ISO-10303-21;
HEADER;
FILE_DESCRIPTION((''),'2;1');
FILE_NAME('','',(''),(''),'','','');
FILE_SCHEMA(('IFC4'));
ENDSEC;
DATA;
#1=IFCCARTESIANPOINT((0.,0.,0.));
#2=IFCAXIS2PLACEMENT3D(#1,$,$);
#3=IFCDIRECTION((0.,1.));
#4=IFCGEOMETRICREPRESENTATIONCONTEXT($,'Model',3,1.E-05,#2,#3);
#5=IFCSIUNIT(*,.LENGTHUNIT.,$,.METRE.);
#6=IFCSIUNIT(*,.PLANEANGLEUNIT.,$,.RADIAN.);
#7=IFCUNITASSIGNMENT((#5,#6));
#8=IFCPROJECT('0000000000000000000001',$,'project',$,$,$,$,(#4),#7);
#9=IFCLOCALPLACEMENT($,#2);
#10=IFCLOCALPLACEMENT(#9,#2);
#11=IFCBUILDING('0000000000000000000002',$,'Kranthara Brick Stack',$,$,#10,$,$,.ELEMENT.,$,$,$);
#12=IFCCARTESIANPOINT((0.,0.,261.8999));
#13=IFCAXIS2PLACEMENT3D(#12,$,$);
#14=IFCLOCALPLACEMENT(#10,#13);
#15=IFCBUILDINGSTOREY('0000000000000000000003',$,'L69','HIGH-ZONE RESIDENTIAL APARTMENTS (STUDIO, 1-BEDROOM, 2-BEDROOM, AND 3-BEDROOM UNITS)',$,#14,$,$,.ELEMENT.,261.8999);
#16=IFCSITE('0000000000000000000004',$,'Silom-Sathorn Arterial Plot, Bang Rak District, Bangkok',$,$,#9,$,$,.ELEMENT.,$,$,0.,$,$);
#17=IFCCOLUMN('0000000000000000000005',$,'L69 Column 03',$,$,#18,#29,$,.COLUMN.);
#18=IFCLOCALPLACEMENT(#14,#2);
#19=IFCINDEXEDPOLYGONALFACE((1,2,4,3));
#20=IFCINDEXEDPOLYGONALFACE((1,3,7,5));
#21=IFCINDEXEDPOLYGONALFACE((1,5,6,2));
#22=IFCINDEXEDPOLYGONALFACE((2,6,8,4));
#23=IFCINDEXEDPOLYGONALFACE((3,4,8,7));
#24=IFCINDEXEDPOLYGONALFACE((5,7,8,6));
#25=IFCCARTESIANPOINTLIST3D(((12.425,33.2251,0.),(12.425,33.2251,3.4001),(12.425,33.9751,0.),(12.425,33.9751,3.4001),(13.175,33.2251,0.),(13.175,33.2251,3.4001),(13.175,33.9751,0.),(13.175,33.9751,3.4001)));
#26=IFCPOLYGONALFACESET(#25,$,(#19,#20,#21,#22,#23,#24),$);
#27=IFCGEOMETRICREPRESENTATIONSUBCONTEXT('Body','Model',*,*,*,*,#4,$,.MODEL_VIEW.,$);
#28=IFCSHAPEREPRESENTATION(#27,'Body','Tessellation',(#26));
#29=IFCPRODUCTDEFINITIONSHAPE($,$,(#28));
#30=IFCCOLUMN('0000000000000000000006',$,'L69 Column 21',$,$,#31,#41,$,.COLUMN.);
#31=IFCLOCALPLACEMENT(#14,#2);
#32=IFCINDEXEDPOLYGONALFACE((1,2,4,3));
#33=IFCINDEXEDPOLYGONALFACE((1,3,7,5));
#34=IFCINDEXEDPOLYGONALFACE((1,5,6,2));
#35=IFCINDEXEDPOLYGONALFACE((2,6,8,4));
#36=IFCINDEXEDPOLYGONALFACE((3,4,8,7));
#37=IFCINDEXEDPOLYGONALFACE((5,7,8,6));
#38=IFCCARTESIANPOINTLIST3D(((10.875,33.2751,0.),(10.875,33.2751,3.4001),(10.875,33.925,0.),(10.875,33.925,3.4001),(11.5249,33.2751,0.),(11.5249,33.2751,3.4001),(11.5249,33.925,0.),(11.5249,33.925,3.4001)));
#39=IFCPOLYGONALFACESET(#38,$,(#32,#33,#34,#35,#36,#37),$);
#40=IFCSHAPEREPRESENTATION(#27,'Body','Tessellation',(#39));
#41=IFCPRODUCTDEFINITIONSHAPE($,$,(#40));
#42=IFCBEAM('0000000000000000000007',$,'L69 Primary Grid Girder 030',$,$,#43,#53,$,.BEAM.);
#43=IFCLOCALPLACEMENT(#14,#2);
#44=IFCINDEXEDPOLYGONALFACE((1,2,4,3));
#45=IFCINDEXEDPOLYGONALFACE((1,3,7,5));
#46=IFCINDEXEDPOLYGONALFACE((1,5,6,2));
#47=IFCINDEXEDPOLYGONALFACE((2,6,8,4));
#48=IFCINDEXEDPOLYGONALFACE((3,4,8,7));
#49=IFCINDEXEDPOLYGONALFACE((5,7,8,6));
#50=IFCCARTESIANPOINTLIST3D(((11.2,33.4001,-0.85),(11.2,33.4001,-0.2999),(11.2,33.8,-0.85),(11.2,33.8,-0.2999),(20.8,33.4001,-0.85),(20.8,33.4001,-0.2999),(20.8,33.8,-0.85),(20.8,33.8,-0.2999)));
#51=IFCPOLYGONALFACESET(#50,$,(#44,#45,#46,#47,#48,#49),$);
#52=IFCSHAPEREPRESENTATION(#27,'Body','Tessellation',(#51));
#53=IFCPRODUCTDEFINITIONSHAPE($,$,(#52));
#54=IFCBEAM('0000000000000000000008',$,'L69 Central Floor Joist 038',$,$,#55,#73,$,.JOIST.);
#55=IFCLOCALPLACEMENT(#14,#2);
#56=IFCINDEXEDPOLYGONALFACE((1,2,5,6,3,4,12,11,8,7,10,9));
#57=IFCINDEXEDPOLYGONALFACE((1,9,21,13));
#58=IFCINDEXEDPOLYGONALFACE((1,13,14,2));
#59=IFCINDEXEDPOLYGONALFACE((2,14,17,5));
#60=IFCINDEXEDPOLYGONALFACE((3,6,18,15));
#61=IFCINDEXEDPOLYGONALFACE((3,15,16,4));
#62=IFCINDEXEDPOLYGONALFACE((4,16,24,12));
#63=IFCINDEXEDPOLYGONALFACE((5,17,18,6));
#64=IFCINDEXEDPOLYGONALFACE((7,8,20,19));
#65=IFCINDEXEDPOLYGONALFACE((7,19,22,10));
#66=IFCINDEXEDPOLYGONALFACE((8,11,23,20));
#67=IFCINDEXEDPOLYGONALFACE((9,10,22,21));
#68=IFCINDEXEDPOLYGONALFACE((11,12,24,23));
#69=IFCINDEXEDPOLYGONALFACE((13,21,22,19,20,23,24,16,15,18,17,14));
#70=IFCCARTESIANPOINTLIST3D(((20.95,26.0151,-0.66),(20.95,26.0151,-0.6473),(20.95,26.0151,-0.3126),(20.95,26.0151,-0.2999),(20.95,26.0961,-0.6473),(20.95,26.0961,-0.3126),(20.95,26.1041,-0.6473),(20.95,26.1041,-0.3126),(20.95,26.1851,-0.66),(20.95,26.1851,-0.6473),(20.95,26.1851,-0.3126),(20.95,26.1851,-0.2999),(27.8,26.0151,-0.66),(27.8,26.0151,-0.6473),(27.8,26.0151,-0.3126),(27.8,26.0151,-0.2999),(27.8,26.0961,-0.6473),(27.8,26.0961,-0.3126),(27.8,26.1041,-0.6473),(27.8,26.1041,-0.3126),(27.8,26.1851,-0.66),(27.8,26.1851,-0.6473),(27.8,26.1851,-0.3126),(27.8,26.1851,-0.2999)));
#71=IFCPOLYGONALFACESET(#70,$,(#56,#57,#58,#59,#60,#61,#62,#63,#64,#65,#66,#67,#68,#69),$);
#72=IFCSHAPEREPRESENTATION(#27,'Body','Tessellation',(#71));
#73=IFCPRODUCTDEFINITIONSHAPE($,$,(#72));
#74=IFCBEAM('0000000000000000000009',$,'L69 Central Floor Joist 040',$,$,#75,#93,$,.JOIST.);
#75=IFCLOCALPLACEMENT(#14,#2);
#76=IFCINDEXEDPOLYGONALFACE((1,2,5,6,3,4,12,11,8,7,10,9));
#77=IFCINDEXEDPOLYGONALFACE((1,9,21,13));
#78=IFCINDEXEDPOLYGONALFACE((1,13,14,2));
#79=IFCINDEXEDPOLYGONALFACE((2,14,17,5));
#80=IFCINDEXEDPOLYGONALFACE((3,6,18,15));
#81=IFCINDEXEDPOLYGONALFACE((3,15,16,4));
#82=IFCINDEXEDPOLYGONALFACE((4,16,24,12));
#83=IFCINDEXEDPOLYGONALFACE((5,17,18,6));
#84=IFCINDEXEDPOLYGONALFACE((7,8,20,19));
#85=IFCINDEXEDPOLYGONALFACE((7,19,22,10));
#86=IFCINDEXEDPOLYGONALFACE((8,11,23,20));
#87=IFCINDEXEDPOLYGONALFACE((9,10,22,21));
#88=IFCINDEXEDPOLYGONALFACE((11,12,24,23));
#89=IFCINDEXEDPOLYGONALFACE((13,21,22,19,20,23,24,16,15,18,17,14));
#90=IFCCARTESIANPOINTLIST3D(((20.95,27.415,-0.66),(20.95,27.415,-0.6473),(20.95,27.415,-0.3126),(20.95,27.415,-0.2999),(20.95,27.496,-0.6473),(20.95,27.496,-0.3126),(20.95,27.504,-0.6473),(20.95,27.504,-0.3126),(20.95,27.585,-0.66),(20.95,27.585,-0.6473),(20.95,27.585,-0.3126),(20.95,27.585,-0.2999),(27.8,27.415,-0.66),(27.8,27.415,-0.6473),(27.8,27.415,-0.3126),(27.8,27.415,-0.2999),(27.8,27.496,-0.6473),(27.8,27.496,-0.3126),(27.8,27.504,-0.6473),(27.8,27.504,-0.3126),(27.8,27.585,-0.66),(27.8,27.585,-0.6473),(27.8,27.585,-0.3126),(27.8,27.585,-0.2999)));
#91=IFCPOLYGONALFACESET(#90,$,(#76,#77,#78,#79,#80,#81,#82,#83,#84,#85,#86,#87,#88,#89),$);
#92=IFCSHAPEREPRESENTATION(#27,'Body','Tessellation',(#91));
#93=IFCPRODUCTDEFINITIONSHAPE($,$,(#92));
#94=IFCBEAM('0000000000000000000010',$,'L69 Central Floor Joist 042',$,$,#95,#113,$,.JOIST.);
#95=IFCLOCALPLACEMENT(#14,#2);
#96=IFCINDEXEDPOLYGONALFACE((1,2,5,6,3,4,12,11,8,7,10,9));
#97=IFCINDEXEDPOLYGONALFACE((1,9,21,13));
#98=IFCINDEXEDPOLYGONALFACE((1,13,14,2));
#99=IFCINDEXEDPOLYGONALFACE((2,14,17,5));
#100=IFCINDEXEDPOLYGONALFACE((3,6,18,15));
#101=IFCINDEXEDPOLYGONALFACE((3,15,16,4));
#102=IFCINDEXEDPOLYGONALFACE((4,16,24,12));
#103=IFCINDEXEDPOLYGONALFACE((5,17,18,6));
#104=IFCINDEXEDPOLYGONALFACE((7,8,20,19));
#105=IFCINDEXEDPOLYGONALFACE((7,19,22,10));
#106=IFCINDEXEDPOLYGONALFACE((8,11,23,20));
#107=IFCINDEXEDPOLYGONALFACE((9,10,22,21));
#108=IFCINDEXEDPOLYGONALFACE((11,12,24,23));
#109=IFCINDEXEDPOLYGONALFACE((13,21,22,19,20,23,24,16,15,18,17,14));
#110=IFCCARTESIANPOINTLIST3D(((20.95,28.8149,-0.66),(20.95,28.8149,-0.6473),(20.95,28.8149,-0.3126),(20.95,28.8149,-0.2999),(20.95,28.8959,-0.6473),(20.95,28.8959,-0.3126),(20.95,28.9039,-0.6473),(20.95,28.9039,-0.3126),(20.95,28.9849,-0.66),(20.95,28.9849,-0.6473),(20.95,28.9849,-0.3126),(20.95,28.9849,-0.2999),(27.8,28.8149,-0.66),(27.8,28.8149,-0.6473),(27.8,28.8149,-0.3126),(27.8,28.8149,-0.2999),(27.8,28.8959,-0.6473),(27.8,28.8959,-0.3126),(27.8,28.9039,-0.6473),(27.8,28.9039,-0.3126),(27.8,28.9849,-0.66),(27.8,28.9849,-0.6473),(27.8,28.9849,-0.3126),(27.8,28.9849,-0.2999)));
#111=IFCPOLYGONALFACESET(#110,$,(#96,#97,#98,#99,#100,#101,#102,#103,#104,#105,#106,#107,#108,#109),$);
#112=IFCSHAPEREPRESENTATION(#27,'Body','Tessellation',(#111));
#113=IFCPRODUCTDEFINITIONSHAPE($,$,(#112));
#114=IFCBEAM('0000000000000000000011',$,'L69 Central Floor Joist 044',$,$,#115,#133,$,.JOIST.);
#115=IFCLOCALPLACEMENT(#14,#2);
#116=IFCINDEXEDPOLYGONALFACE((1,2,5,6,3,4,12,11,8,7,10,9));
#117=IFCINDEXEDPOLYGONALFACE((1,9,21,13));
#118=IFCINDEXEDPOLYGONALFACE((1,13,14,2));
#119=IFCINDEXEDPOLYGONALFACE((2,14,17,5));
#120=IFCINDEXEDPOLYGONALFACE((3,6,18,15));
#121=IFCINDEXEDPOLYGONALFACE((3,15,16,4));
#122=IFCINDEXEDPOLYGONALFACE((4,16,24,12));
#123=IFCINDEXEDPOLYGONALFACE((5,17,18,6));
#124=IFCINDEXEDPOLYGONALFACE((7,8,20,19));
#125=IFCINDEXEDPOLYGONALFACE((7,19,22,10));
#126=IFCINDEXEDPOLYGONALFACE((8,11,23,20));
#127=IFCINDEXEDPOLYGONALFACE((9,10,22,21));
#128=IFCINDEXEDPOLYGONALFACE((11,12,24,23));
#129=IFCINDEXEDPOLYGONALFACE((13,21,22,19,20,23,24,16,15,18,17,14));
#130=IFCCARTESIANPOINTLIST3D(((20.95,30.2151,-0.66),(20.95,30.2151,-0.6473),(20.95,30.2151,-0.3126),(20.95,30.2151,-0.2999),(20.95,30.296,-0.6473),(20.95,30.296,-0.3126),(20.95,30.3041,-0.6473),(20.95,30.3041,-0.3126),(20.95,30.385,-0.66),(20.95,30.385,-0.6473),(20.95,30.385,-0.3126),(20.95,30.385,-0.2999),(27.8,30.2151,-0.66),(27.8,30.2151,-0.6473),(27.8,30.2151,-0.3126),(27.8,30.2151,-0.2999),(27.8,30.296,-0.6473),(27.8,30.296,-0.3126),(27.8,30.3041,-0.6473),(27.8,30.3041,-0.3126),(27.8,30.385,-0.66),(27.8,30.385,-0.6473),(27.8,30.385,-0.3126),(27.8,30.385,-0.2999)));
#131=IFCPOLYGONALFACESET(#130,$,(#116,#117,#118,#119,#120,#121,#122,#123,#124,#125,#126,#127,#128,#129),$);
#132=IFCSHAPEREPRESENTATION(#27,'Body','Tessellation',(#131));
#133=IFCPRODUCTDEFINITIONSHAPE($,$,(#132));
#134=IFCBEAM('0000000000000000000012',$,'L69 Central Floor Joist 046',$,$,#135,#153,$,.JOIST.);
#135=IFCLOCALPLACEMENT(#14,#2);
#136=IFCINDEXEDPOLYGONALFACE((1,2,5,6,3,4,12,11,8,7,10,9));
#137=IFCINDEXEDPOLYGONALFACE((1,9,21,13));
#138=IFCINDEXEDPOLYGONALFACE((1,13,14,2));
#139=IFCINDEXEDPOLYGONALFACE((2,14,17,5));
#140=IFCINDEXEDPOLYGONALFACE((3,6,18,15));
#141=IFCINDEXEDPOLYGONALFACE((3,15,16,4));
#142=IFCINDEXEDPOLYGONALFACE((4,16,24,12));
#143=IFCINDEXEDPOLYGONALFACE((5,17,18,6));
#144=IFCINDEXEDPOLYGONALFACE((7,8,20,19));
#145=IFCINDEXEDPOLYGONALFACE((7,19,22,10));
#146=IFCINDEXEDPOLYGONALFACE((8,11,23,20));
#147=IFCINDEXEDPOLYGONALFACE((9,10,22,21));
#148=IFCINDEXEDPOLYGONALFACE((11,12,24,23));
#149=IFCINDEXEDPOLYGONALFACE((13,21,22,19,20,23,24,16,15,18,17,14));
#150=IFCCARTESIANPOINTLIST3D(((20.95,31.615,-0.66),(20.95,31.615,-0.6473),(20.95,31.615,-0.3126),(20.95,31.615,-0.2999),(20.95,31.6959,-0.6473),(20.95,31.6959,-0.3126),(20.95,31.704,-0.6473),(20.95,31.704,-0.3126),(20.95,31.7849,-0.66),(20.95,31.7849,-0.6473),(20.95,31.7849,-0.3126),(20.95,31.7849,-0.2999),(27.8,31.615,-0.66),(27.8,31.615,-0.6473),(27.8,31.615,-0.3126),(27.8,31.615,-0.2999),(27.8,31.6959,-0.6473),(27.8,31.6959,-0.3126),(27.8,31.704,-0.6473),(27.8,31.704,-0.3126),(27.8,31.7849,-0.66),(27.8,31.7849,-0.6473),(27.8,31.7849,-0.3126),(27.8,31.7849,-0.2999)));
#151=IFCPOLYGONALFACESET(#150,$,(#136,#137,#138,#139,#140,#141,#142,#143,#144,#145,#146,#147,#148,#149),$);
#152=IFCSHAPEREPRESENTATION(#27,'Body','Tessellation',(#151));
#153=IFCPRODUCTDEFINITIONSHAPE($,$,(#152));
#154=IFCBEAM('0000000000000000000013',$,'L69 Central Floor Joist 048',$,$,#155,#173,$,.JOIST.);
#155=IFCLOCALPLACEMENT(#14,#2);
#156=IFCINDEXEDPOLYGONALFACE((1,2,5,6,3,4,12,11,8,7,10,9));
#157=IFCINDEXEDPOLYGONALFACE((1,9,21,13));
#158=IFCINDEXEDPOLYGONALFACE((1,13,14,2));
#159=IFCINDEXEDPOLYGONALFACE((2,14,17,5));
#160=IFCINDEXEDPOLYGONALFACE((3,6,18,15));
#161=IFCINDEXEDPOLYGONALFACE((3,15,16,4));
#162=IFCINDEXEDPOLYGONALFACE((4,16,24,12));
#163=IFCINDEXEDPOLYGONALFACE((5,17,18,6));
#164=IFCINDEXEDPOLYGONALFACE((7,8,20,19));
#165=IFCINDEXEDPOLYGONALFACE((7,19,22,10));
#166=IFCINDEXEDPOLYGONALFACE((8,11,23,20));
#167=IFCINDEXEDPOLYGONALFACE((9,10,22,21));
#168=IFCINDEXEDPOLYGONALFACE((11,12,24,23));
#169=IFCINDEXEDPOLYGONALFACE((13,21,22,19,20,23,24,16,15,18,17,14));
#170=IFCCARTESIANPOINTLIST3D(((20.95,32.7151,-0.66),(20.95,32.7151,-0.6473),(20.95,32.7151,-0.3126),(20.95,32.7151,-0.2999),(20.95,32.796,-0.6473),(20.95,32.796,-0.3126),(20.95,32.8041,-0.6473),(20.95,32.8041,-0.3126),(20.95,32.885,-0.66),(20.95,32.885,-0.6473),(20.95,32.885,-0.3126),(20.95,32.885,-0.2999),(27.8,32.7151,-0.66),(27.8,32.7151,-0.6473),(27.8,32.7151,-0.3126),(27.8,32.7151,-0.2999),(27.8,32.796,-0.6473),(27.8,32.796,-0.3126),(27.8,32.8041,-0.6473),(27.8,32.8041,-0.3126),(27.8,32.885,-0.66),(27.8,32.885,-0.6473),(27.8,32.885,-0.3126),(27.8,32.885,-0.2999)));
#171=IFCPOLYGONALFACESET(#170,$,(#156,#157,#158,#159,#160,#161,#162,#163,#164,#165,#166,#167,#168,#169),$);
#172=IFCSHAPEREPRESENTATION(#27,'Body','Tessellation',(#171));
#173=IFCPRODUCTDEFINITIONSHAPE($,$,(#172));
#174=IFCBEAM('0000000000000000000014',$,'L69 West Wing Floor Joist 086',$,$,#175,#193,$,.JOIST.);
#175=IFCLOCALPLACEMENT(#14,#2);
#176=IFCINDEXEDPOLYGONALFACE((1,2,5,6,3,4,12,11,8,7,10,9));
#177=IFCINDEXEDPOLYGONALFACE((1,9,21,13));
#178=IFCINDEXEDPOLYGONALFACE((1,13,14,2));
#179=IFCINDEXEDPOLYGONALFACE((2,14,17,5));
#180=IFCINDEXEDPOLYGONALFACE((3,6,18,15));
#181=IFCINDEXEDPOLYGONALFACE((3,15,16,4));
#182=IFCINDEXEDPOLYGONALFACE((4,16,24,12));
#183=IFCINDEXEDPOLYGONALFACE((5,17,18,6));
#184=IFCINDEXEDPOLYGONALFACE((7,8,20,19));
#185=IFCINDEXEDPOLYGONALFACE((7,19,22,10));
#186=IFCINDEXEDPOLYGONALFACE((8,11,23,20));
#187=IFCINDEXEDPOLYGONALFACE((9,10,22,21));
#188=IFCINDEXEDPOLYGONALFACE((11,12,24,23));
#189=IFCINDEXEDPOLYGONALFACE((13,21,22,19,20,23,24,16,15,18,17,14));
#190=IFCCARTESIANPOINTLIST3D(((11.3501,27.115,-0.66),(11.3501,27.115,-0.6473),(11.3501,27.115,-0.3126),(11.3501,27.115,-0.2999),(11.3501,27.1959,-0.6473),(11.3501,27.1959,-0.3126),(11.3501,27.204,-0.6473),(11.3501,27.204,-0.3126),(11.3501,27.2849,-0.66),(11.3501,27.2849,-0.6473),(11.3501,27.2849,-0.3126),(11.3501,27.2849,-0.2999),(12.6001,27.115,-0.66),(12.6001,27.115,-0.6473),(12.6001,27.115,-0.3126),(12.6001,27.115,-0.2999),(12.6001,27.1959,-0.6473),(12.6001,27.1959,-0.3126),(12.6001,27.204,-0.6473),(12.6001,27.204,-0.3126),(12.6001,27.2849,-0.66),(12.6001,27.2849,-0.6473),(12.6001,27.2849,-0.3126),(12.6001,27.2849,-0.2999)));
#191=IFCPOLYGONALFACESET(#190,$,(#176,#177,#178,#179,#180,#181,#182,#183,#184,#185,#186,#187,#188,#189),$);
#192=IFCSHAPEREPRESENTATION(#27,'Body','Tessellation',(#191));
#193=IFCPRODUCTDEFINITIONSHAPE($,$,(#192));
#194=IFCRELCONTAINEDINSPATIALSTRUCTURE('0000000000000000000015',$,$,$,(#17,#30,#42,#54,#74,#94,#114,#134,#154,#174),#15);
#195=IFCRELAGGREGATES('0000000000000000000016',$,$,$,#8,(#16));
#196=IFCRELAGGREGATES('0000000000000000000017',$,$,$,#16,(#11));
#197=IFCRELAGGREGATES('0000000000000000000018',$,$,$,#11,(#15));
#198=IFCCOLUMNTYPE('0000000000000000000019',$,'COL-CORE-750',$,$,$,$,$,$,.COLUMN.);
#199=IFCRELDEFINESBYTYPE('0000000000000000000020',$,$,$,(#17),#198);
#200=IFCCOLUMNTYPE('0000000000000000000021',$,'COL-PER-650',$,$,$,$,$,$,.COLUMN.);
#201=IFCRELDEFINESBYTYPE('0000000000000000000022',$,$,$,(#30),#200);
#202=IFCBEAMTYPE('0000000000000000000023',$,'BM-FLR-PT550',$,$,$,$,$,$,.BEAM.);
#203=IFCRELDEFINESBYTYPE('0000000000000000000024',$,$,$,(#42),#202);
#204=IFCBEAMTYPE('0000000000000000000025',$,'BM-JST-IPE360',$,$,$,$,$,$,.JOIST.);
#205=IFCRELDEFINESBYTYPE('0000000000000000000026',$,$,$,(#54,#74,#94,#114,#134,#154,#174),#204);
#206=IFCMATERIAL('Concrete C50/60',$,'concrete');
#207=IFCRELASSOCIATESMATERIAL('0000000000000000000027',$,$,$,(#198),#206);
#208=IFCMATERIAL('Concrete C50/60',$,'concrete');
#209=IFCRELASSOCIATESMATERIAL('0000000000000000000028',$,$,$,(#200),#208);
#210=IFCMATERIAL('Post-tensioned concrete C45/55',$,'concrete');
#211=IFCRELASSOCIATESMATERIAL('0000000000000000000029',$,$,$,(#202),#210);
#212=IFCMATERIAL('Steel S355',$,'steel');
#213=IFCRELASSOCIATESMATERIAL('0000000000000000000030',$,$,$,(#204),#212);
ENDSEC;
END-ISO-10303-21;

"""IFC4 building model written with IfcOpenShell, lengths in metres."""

from ifc_helpers import new_model, si_unit, direction, frame, origin, origin_2d, place, context, subcontext, project, spatial, rectangle, i_section, extrude, material, material_profile, profile_set, type_object, element, save


model = new_model("IFC4")

# Units and contexts
model_context = context("Model", 3, precision=1e-05, world=origin(), true_north=direction((0.0, 1.0)))
body_context = subcontext(model_context, "Body", "Model", "MODEL_VIEW")
ifc_project = project(units=[si_unit("LENGTHUNIT", "METRE"), si_unit("PLANEANGLEUNIT", "RADIAN")], contexts=[model_context])

# Site, building, storey
site_placement = place(None, origin())
site = spatial("IfcSite", under=ifc_project, at=site_placement, Name="Silom-Sathorn Arterial Plot, Bang Rak District, Bangkok", CompositionType="ELEMENT", RefElevation=0.0)
building_placement = place(site_placement, origin())
building = spatial("IfcBuilding", under=site, at=building_placement, Name="Kranthara Brick Stack", CompositionType="ELEMENT")
storey_placement = place(building_placement, frame((0.0, 0.0, 261.8999)))
storey = spatial("IfcBuildingStorey", under=building, at=storey_placement, Name="L69", Description="HIGH-ZONE RESIDENTIAL APARTMENTS (STUDIO, 1-BEDROOM, 2-BEDROOM, AND 3-BEDROOM UNITS)", CompositionType="ELEMENT", Elevation=261.8999)

# Columns
ifc_material_1 = material(Name="Concrete C50/60", Category="concrete")
ifc_material_profile_1 = material_profile(ifc_material_1, rectangle(XDim=0.75, YDim=0.75, at=origin_2d()), Name="RC 750x750")
ifc_profile_set_1 = profile_set([ifc_material_profile_1], Name="Concrete C50/60")
column_type_1 = type_object("IfcColumnType", Name="COL-CORE-750", PredefinedType="COLUMN", material=ifc_profile_set_1)
column_1_placement = place(storey_placement, frame((12.8, 33.6001, 0.0), z_axis=(0.0, 0.0, 1.0), x_axis=(1.0, 0.0, 0.0)))
element("IfcColumn", 1, at=column_1_placement, inside=storey, type_object=column_type_1, Name="L69 Column 03", PredefinedType="COLUMN", context=body_context, shape_type="SweptSolid", body=[
    extrude(rectangle(XDim=0.75, YDim=0.75, at=origin_2d()), origin(), (0.0, 0.0, 1.0), 3.4001),
])
ifc_material_2 = material(Name="Concrete C50/60", Category="concrete")
ifc_material_profile_2 = material_profile(ifc_material_2, rectangle(XDim=0.6499, YDim=0.6499, at=origin_2d()), Name="RC 650x650")
ifc_profile_set_2 = profile_set([ifc_material_profile_2], Name="Concrete C50/60")
column_type_2 = type_object("IfcColumnType", Name="COL-PER-650", PredefinedType="COLUMN", material=ifc_profile_set_2)
column_2_placement = place(storey_placement, frame((11.2, 33.6001, 0.0), z_axis=(0.0, 0.0, 1.0), x_axis=(1.0, 0.0, 0.0)))
element("IfcColumn", 2, at=column_2_placement, inside=storey, type_object=column_type_2, Name="L69 Column 21", PredefinedType="COLUMN", context=body_context, shape_type="SweptSolid", body=[
    extrude(rectangle(XDim=0.6499, YDim=0.6499, at=origin_2d()), origin(), (0.0, 0.0, 1.0), 3.4001),
])

# Beams
ifc_material_3 = material(Name="Post-tensioned concrete C45/55", Category="concrete")
ifc_material_profile_3 = material_profile(ifc_material_3, rectangle(XDim=0.3999, YDim=0.55, at=origin_2d()), Name="PT 400x550")
ifc_profile_set_3 = profile_set([ifc_material_profile_3], Name="Post-tensioned concrete C45/55")
beam_type_1 = type_object("IfcBeamType", Name="BM-FLR-PT550", PredefinedType="BEAM", material=ifc_profile_set_3)
beam_1_placement = place(storey_placement, frame((11.2, 33.6001, -0.575), z_axis=(1.0, 0.0, 0.0), x_axis=(0.0, 1.0, 0.0)))
element("IfcBeam", 3, at=beam_1_placement, inside=storey, type_object=beam_type_1, Name="L69 Primary Grid Girder 030", PredefinedType="BEAM", context=body_context, shape_type="SweptSolid", body=[
    extrude(rectangle(XDim=0.3999, YDim=0.55, at=origin_2d()), origin(), (0.0, 0.0, 1.0), 9.6001),
])
ifc_material_4 = material(Name="Steel S355", Category="steel")
ifc_material_profile_4 = material_profile(ifc_material_4, i_section(OverallWidth=0.1699, OverallDepth=0.3601, WebThickness=0.0081, FlangeThickness=0.0127, at=origin_2d()), Name="IPE 360")
ifc_profile_set_4 = profile_set([ifc_material_profile_4], Name="Steel S355")
beam_type_2 = type_object("IfcBeamType", Name="BM-JST-IPE360", PredefinedType="JOIST", material=ifc_profile_set_4)
for number, where, z_axis, x_axis, name in (
    (4, (20.95, 26.1001, -0.48), (1.0, 0.0, 0.0), (0.0, 1.0, 0.0), "L69 Central Floor Joist 038"),
    (5, (20.95, 27.5, -0.48), (1.0, 0.0, 0.0), (0.0, 1.0, 0.0), "L69 Central Floor Joist 040"),
    (6, (20.95, 28.8999, -0.48), (1.0, 0.0, 0.0), (0.0, 1.0, 0.0), "L69 Central Floor Joist 042"),
    (7, (20.95, 30.3, -0.48), (1.0, 0.0, 0.0), (0.0, 1.0, 0.0), "L69 Central Floor Joist 044"),
    (8, (20.95, 31.7, -0.48), (1.0, 0.0, 0.0), (0.0, 1.0, 0.0), "L69 Central Floor Joist 046"),
    (9, (20.95, 32.8, -0.48), (1.0, 0.0, 0.0), (0.0, 1.0, 0.0), "L69 Central Floor Joist 048"),
):
    element("IfcBeam", number, at=place(storey_placement, frame(where, z_axis=z_axis, x_axis=x_axis)), inside=storey, type_object=beam_type_2, Name=name, PredefinedType="JOIST", context=body_context, shape_type="SweptSolid", body=[
        extrude(i_section(OverallWidth=0.1699, OverallDepth=0.3601, WebThickness=0.0081, FlangeThickness=0.0127, at=origin_2d()), origin(), (0.0, 0.0, 1.0), 6.8501),
    ])
for number, where, z_axis, x_axis, name in (
    (10, (11.3501, 27.2, -0.48), (1.0, 0.0, 0.0), (0.0, 1.0, 0.0), "L69 West Wing Floor Joist 086"),
):
    element("IfcBeam", number, at=place(storey_placement, frame(where, z_axis=z_axis, x_axis=x_axis)), inside=storey, type_object=beam_type_2, Name=name, PredefinedType="JOIST", context=body_context, shape_type="SweptSolid", body=[
        extrude(i_section(OverallWidth=0.1699, OverallDepth=0.3601, WebThickness=0.0081, FlangeThickness=0.0127, at=origin_2d()), origin(), (0.0, 0.0, 1.0), 1.25),
    ])

save(model, "model.ifc")
